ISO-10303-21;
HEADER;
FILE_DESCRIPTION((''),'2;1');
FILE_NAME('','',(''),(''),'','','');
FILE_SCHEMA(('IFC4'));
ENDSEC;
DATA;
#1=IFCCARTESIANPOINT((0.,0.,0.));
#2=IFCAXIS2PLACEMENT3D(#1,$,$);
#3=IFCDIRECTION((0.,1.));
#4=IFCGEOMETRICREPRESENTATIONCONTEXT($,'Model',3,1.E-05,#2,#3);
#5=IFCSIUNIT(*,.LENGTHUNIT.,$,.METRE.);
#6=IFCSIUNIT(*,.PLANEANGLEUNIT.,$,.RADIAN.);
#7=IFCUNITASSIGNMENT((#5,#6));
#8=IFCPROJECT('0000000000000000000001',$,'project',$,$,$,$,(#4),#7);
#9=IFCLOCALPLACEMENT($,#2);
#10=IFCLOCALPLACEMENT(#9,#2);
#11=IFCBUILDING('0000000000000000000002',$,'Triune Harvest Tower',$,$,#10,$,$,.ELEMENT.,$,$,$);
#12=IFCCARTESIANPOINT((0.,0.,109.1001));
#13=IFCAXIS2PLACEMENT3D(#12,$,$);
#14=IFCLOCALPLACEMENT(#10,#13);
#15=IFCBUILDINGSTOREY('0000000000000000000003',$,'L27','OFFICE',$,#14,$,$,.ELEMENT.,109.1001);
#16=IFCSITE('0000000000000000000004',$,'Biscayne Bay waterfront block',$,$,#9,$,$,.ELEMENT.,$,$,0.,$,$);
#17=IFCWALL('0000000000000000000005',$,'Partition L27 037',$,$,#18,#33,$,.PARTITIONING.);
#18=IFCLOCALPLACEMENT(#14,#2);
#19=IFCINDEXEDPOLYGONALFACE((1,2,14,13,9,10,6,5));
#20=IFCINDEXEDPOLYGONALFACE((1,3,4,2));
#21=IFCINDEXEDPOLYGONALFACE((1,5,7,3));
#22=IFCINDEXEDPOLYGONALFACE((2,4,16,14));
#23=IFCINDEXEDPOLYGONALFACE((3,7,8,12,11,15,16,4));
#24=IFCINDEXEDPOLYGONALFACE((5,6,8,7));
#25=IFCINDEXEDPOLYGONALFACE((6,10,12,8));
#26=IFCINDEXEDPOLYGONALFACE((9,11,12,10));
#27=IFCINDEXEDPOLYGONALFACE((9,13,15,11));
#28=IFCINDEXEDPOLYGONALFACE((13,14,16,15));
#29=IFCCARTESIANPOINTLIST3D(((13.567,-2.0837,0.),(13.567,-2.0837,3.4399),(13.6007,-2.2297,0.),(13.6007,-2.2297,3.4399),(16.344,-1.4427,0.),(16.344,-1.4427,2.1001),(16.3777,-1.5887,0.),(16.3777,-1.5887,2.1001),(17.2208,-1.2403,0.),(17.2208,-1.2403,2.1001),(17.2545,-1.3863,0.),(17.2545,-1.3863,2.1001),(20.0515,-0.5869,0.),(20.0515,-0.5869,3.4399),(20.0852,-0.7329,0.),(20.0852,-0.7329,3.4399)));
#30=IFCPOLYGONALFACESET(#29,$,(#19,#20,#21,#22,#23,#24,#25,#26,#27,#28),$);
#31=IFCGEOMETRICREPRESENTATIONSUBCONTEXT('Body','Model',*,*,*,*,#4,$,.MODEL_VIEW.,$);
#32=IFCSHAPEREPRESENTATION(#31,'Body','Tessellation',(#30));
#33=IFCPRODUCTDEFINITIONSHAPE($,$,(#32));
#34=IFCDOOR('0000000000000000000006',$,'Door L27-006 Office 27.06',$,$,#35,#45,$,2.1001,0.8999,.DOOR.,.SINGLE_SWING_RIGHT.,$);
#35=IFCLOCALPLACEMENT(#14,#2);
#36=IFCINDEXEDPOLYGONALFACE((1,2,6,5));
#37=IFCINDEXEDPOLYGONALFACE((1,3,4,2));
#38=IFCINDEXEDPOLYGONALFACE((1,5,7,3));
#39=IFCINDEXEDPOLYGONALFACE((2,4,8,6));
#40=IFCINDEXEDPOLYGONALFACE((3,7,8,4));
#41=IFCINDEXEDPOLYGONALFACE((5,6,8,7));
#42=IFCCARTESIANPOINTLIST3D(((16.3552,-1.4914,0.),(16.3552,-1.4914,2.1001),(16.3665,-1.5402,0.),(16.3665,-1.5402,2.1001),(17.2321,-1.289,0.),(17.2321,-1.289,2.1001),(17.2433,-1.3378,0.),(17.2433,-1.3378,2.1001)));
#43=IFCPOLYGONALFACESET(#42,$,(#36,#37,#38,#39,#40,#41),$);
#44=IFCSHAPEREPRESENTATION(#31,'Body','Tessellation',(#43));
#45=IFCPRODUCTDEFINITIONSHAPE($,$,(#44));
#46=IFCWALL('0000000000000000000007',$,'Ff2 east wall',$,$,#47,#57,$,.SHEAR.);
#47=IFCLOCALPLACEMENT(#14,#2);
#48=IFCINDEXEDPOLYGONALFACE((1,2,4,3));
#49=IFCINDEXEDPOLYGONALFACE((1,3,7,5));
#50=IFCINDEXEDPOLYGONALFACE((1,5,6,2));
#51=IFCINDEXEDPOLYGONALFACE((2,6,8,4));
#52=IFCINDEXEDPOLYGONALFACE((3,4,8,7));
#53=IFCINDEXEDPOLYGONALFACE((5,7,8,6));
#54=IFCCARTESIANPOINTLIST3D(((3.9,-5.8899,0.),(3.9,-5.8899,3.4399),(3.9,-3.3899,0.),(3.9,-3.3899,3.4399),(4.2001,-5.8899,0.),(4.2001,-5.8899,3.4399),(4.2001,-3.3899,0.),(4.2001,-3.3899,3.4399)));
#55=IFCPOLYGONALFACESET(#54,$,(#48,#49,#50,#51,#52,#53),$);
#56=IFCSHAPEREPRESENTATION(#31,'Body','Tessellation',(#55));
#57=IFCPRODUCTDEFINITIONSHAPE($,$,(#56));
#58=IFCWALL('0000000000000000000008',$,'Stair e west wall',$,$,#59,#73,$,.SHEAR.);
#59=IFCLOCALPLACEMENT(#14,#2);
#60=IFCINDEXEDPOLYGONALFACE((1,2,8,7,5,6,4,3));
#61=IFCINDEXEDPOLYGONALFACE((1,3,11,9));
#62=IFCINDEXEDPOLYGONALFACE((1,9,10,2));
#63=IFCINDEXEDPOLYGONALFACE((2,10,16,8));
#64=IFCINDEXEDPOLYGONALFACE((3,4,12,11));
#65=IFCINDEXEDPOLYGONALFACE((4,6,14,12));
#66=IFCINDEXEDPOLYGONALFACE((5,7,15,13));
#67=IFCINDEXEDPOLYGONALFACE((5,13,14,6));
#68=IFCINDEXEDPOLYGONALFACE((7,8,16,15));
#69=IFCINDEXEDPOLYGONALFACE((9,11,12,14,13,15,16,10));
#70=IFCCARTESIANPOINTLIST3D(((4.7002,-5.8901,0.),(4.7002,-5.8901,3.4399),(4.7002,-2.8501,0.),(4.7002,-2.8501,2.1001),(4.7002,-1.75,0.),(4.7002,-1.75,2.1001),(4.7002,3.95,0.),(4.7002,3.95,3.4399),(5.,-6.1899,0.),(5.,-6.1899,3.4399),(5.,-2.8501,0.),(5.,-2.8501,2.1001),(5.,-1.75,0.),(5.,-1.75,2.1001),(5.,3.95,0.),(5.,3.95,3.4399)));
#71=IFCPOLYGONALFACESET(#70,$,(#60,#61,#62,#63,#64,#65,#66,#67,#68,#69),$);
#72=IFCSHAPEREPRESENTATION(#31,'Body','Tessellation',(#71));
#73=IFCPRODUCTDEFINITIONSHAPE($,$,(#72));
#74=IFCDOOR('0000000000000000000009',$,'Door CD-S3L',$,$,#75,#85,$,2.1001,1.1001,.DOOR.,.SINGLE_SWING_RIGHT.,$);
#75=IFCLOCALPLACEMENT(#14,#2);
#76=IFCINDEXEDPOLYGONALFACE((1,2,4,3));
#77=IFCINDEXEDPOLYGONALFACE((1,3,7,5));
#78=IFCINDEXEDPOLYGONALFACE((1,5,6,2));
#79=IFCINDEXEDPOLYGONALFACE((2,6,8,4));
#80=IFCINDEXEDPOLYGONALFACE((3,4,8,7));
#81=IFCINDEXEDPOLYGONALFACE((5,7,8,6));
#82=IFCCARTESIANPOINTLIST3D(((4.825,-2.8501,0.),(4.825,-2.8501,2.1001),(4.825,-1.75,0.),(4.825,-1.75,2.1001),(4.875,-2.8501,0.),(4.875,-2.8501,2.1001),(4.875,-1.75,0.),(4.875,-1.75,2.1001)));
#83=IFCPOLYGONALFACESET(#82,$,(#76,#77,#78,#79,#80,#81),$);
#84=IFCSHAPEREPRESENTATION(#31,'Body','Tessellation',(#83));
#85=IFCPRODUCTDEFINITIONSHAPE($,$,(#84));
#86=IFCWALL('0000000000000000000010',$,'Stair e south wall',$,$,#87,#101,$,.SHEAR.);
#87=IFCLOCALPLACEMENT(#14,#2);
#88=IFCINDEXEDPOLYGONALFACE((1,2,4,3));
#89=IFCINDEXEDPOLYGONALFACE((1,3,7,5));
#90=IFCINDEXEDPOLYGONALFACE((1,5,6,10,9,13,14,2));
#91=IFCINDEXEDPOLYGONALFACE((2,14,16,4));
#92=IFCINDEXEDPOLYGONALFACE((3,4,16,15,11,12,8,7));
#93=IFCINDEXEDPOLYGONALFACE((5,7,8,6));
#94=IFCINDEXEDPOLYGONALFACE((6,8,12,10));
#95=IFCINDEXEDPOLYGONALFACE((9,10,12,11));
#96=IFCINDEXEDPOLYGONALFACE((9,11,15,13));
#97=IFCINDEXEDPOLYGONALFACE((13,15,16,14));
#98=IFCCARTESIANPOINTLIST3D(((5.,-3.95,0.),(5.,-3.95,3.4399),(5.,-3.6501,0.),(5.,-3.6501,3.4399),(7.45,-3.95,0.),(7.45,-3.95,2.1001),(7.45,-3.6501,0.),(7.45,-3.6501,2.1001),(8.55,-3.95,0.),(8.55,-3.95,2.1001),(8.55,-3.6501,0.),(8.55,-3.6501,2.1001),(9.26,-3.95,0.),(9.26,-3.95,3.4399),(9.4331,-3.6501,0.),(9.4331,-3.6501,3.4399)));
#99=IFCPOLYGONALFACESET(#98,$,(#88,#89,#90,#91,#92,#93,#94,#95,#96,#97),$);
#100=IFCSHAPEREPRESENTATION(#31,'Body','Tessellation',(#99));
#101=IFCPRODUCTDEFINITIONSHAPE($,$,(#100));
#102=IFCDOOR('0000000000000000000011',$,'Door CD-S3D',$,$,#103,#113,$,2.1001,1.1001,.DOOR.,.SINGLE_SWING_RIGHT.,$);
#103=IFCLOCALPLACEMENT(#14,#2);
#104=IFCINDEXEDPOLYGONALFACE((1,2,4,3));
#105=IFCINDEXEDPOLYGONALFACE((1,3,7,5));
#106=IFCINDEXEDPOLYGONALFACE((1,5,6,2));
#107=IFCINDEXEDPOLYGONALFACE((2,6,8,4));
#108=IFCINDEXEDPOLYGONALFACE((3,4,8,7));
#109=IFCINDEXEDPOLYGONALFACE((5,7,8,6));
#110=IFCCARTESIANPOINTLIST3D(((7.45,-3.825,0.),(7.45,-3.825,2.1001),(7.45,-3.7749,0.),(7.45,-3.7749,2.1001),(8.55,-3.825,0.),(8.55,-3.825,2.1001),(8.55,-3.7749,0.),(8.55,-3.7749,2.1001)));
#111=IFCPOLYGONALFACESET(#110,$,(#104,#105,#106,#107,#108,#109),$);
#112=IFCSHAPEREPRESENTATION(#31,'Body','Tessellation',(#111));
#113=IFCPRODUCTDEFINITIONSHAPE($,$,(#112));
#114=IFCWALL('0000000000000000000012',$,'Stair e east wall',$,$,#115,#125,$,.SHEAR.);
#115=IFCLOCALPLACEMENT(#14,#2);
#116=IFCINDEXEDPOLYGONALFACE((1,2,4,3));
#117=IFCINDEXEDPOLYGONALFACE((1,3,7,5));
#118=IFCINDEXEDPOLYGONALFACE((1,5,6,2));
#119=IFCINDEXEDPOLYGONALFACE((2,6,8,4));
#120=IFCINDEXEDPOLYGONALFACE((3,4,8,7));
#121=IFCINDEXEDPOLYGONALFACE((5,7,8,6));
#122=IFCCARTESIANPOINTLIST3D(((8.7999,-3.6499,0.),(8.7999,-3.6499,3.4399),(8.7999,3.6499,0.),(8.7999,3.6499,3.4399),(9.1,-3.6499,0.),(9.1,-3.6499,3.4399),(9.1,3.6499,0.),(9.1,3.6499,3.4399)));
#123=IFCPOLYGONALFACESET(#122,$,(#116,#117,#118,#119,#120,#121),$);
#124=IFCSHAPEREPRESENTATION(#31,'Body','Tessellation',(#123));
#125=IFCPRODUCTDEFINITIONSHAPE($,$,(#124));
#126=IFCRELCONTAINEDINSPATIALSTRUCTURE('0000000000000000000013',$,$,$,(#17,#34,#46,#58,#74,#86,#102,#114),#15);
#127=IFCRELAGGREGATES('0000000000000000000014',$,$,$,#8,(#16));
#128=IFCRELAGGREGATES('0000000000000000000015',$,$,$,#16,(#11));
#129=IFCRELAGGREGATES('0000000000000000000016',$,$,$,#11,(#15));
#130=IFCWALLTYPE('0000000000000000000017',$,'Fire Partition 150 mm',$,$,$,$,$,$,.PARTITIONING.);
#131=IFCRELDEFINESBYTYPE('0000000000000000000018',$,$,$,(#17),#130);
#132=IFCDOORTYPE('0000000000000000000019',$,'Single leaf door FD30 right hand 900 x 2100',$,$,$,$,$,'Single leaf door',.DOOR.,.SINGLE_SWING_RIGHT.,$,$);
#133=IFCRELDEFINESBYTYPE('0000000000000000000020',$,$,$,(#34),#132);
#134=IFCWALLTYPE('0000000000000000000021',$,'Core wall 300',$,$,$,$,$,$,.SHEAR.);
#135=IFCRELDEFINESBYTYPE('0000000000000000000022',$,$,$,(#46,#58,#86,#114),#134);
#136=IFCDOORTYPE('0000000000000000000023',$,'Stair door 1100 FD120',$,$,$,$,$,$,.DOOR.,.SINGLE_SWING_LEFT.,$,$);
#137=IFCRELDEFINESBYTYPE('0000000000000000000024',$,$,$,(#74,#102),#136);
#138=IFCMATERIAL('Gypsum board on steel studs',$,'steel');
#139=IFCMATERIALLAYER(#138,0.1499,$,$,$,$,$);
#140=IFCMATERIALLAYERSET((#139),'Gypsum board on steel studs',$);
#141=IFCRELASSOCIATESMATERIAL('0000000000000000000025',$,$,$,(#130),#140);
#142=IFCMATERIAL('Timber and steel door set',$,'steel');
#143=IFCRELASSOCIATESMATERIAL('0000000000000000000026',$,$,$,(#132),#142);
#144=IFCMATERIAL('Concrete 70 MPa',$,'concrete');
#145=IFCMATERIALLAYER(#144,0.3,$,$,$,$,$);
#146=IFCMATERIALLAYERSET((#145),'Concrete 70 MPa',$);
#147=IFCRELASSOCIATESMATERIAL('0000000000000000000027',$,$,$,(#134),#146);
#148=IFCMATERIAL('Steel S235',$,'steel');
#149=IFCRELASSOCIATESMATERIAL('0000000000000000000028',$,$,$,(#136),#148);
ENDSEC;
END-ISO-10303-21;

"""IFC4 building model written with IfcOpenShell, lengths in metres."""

from ifc_helpers import new_model, si_unit, direction, frame, frame_2d, origin, place, context, subcontext, project, spatial, polyline, rectangle, outline, extrude, source, transform, mapped, material, layer, layer_set, type_object, element, fill, save


model = new_model("IFC4")

# Units and contexts
model_context = context("Model", 3, precision=1e-05, world=origin(), true_north=direction((0.0, 1.0)))
body_context = subcontext(model_context, "Body", "Model", "MODEL_VIEW")
ifc_project = project(units=[si_unit("LENGTHUNIT", "METRE"), si_unit("PLANEANGLEUNIT", "RADIAN")], contexts=[model_context])

# Site, building, storey
site_placement = place(None, origin())
site = spatial("IfcSite", under=ifc_project, at=site_placement, Name="Biscayne Bay waterfront block", CompositionType="ELEMENT", RefElevation=0.0)
building_placement = place(site_placement, origin())
building = spatial("IfcBuilding", under=site, at=building_placement, Name="Triune Harvest Tower", CompositionType="ELEMENT")
storey_placement = place(building_placement, frame((0.0, 0.0, 109.1001)))
storey = spatial("IfcBuildingStorey", under=building, at=storey_placement, Name="L27", Description="OFFICE", CompositionType="ELEMENT", Elevation=109.1001)

# Wall, opening, door
ifc_material_1 = material(Name="Gypsum board on steel studs", Category="steel")
ifc_layer_1 = layer(ifc_material_1, 0.1499)
ifc_layer_set_1 = layer_set([ifc_layer_1], Name="Gypsum board on steel studs")
wall_type_1 = type_object("IfcWallType", Name="Fire Partition 150 mm", PredefinedType="PARTITIONING", material=ifc_layer_set_1)
wall_1_placement = place(storey_placement, frame((13.5837, -2.1567, 0.0), z_axis=(0.0, 0.0, 1.0), x_axis=(0.974379, 0.224913, 0.0)))
wall_1 = element("IfcWall", 1, at=wall_1_placement, inside=storey, type_object=wall_type_1, Name="Partition L27 037", PredefinedType="PARTITIONING", context=body_context, shape_type="SweptSolid", body=[
    extrude(rectangle(XDim=6.655, YDim=0.1499, at=frame_2d((3.3276, 0.0))), origin(), (0.0, 0.0, 1.0), 3.4399),
])
opening_1_placement = place(wall_1_placement, frame((2.8501, 0.0, 0.0)))
opening_1 = element("IfcOpeningElement", 2, at=opening_1_placement, cuts=wall_1, PredefinedType="OPENING", context=body_context, shape_type="SweptSolid", body=[
    extrude(rectangle(XDim=0.8999, YDim=2.1001, at=frame_2d((0.45, 1.05))), frame((0.0, 0.085, 0.0), z_axis=(0.0, -1.0, 0.0), x_axis=(1.0, 0.0, 0.0)), (0.0, 0.0, 1.0), 0.1699),
])
ifc_material_2 = material(Name="Timber and steel door set", Category="steel")
door_type_1 = type_object("IfcDoorType", Name="Single leaf door FD30 right hand 900 x 2100", ElementType="Single leaf door", OperationType="SINGLE_SWING_RIGHT", PredefinedType="DOOR", material=ifc_material_2)
door_1_placement = place(opening_1_placement, origin())
door_1 = element("IfcDoor", 3, at=door_1_placement, inside=storey, type_object=door_type_1, Name="Door L27-006 Office 27.06", OperationType="SINGLE_SWING_RIGHT", OverallHeight=2.1001, OverallWidth=0.8999, PredefinedType="DOOR", context=body_context, shape_type="SweptSolid", body=[
    extrude(rectangle(XDim=0.8999, YDim=2.1001, at=frame_2d((0.45, 1.05))), frame((0.0, 0.0249, 0.0), z_axis=(0.0, -1.0, 0.0), x_axis=(1.0, 0.0, 0.0)), (0.0, 0.0, 1.0), 0.05),
])
fill(opening_1, door_1)

# Wall
ifc_material_3 = material(Name="Concrete 70 MPa", Category="concrete")
ifc_layer_2 = layer(ifc_material_3, 0.3)
ifc_layer_set_2 = layer_set([ifc_layer_2], Name="Concrete 70 MPa")
wall_type_2 = type_object("IfcWallType", Name="Core wall 300", PredefinedType="SHEAR", material=ifc_layer_set_2)
shared_shape_1 = source(origin(), body_context, "Body", "SweptSolid", [
    extrude(rectangle(XDim=2.5, YDim=0.3, at=frame_2d((1.25, 0.0))), origin(), (0.0, 0.0, 1.0), 3.4399),
])
wall_2_placement = place(storey_placement, frame((4.05, -5.8899, 0.0), z_axis=(0.0, 0.0, 1.0), x_axis=(0.0, 1.0, 0.0)))
element("IfcWall", 4, at=wall_2_placement, inside=storey, type_object=wall_type_2, Name="Ff2 east wall", PredefinedType="SHEAR", context=body_context, shape_type="MappedRepresentation", body=[
    mapped(shared_shape_1, transform((0.0, 0.0, 0.0), scale=1.0)),
])

# Walls, openings, doors
shared_shape_2 = source(origin(), body_context, "Body", "SweptSolid", [
    extrude(outline(polyline([(-0.1499, -0.1499), (9.99, -0.1499), (9.99, 0.1499), (0.1499, 0.1499), (-0.1499, -0.1499)])), origin(), (0.0, 0.0, 1.0), 3.4399),
])
wall_3_placement = place(storey_placement, frame((4.8501, -6.04, 0.0), z_axis=(0.0, 0.0, 1.0), x_axis=(0.0, 1.0, 0.0)))
wall_3 = element("IfcWall", 5, at=wall_3_placement, inside=storey, type_object=wall_type_2, Name="Stair e west wall", PredefinedType="SHEAR", context=body_context, shape_type="MappedRepresentation", body=[
    mapped(shared_shape_2, transform((0.0, 0.0, 0.0), scale=1.0)),
])
opening_2_placement = place(wall_3_placement, frame((3.1899, 0.0, 0.0)))
opening_2 = element("IfcOpeningElement", 6, at=opening_2_placement, cuts=wall_3, PredefinedType="OPENING", context=body_context, shape_type="SweptSolid", body=[
    extrude(rectangle(XDim=1.1001, YDim=2.1001, at=frame_2d((0.55, 1.05))), frame((0.0, 0.1602, 0.0), z_axis=(0.0, -1.0, 0.0), x_axis=(1.0, 0.0, 0.0)), (0.0, 0.0, 1.0), 0.3201),
])
ifc_material_4 = material(Name="Steel S235", Category="steel")
door_type_2 = type_object("IfcDoorType", Name="Stair door 1100 FD120", OperationType="SINGLE_SWING_LEFT", PredefinedType="DOOR", material=ifc_material_4)
door_2_placement = place(opening_2_placement, frame((1.1001, 0.0, 0.0), z_axis=(0.0, 0.0, 1.0), x_axis=(-1.0, 0.0, 0.0)))
door_2 = element("IfcDoor", 7, at=door_2_placement, inside=storey, type_object=door_type_2, Name="Door CD-S3L", OperationType="SINGLE_SWING_RIGHT", OverallHeight=2.1001, OverallWidth=1.1001, PredefinedType="DOOR", context=body_context, shape_type="SweptSolid", body=[
    extrude(rectangle(XDim=1.1001, YDim=2.1001, at=frame_2d((0.55, 1.05))), frame((0.0, 0.0249, 0.0), z_axis=(0.0, -1.0, 0.0), x_axis=(1.0, 0.0, 0.0)), (0.0, 0.0, 1.0), 0.05),
])
fill(opening_2, door_2)
shared_shape_3 = source(origin(), body_context, "Body", "SweptSolid", [
    extrude(outline(polyline([(0.0, -0.1499), (0.0, 0.1499), (4.4331, 0.1499), (4.26, -0.1499), (0.0, -0.1499)])), origin(), (0.0, 0.0, 1.0), 3.4399),
])
wall_4_placement = place(storey_placement, frame((5.0, -3.8, 0.0), z_axis=(0.0, 0.0, 1.0), x_axis=(1.0, 0.0, 0.0)))
wall_4 = element("IfcWall", 8, at=wall_4_placement, inside=storey, type_object=wall_type_2, Name="Stair e south wall", PredefinedType="SHEAR", context=body_context, shape_type="MappedRepresentation", body=[
    mapped(shared_shape_3, transform((0.0, 0.0, 0.0), scale=1.0)),
])
opening_3_placement = place(wall_4_placement, frame((2.45, 0.0, 0.0)))
opening_3 = element("IfcOpeningElement", 9, at=opening_3_placement, cuts=wall_4, PredefinedType="OPENING", context=body_context, shape_type="SweptSolid", body=[
    extrude(rectangle(XDim=1.1001, YDim=2.1001, at=frame_2d((0.55, 1.05))), frame((0.0, 0.1602, 0.0), z_axis=(0.0, -1.0, 0.0), x_axis=(1.0, 0.0, 0.0)), (0.0, 0.0, 1.0), 0.3201),
])
door_3_placement = place(opening_3_placement, frame((1.1001, 0.0, 0.0), z_axis=(0.0, 0.0, 1.0), x_axis=(-1.0, 0.0, 0.0)))
door_3 = element("IfcDoor", 10, at=door_3_placement, inside=storey, type_object=door_type_2, Name="Door CD-S3D", OperationType="SINGLE_SWING_RIGHT", OverallHeight=2.1001, OverallWidth=1.1001, PredefinedType="DOOR", context=body_context, shape_type="SweptSolid", body=[
    extrude(rectangle(XDim=1.1001, YDim=2.1001, at=frame_2d((0.55, 1.05))), frame((0.0, 0.0249, 0.0), z_axis=(0.0, -1.0, 0.0), x_axis=(1.0, 0.0, 0.0)), (0.0, 0.0, 1.0), 0.05),
])
fill(opening_3, door_3)

# Wall
shared_shape_4 = source(origin(), body_context, "Body", "SweptSolid", [
    extrude(rectangle(XDim=7.2998, YDim=0.3, at=frame_2d((3.6499, 0.0))), origin(), (0.0, 0.0, 1.0), 3.4399),
])
wall_5_placement = place(storey_placement, frame((8.95, -3.6499, 0.0), z_axis=(0.0, 0.0, 1.0), x_axis=(0.0, 1.0, 0.0)))
element("IfcWall", 11, at=wall_5_placement, inside=storey, type_object=wall_type_2, Name="Stair e east wall", PredefinedType="SHEAR", context=body_context, shape_type="MappedRepresentation", body=[
    mapped(shared_shape_4, transform((0.0, 0.0, 0.0), scale=1.0)),
])

save(model, "model.ifc")
